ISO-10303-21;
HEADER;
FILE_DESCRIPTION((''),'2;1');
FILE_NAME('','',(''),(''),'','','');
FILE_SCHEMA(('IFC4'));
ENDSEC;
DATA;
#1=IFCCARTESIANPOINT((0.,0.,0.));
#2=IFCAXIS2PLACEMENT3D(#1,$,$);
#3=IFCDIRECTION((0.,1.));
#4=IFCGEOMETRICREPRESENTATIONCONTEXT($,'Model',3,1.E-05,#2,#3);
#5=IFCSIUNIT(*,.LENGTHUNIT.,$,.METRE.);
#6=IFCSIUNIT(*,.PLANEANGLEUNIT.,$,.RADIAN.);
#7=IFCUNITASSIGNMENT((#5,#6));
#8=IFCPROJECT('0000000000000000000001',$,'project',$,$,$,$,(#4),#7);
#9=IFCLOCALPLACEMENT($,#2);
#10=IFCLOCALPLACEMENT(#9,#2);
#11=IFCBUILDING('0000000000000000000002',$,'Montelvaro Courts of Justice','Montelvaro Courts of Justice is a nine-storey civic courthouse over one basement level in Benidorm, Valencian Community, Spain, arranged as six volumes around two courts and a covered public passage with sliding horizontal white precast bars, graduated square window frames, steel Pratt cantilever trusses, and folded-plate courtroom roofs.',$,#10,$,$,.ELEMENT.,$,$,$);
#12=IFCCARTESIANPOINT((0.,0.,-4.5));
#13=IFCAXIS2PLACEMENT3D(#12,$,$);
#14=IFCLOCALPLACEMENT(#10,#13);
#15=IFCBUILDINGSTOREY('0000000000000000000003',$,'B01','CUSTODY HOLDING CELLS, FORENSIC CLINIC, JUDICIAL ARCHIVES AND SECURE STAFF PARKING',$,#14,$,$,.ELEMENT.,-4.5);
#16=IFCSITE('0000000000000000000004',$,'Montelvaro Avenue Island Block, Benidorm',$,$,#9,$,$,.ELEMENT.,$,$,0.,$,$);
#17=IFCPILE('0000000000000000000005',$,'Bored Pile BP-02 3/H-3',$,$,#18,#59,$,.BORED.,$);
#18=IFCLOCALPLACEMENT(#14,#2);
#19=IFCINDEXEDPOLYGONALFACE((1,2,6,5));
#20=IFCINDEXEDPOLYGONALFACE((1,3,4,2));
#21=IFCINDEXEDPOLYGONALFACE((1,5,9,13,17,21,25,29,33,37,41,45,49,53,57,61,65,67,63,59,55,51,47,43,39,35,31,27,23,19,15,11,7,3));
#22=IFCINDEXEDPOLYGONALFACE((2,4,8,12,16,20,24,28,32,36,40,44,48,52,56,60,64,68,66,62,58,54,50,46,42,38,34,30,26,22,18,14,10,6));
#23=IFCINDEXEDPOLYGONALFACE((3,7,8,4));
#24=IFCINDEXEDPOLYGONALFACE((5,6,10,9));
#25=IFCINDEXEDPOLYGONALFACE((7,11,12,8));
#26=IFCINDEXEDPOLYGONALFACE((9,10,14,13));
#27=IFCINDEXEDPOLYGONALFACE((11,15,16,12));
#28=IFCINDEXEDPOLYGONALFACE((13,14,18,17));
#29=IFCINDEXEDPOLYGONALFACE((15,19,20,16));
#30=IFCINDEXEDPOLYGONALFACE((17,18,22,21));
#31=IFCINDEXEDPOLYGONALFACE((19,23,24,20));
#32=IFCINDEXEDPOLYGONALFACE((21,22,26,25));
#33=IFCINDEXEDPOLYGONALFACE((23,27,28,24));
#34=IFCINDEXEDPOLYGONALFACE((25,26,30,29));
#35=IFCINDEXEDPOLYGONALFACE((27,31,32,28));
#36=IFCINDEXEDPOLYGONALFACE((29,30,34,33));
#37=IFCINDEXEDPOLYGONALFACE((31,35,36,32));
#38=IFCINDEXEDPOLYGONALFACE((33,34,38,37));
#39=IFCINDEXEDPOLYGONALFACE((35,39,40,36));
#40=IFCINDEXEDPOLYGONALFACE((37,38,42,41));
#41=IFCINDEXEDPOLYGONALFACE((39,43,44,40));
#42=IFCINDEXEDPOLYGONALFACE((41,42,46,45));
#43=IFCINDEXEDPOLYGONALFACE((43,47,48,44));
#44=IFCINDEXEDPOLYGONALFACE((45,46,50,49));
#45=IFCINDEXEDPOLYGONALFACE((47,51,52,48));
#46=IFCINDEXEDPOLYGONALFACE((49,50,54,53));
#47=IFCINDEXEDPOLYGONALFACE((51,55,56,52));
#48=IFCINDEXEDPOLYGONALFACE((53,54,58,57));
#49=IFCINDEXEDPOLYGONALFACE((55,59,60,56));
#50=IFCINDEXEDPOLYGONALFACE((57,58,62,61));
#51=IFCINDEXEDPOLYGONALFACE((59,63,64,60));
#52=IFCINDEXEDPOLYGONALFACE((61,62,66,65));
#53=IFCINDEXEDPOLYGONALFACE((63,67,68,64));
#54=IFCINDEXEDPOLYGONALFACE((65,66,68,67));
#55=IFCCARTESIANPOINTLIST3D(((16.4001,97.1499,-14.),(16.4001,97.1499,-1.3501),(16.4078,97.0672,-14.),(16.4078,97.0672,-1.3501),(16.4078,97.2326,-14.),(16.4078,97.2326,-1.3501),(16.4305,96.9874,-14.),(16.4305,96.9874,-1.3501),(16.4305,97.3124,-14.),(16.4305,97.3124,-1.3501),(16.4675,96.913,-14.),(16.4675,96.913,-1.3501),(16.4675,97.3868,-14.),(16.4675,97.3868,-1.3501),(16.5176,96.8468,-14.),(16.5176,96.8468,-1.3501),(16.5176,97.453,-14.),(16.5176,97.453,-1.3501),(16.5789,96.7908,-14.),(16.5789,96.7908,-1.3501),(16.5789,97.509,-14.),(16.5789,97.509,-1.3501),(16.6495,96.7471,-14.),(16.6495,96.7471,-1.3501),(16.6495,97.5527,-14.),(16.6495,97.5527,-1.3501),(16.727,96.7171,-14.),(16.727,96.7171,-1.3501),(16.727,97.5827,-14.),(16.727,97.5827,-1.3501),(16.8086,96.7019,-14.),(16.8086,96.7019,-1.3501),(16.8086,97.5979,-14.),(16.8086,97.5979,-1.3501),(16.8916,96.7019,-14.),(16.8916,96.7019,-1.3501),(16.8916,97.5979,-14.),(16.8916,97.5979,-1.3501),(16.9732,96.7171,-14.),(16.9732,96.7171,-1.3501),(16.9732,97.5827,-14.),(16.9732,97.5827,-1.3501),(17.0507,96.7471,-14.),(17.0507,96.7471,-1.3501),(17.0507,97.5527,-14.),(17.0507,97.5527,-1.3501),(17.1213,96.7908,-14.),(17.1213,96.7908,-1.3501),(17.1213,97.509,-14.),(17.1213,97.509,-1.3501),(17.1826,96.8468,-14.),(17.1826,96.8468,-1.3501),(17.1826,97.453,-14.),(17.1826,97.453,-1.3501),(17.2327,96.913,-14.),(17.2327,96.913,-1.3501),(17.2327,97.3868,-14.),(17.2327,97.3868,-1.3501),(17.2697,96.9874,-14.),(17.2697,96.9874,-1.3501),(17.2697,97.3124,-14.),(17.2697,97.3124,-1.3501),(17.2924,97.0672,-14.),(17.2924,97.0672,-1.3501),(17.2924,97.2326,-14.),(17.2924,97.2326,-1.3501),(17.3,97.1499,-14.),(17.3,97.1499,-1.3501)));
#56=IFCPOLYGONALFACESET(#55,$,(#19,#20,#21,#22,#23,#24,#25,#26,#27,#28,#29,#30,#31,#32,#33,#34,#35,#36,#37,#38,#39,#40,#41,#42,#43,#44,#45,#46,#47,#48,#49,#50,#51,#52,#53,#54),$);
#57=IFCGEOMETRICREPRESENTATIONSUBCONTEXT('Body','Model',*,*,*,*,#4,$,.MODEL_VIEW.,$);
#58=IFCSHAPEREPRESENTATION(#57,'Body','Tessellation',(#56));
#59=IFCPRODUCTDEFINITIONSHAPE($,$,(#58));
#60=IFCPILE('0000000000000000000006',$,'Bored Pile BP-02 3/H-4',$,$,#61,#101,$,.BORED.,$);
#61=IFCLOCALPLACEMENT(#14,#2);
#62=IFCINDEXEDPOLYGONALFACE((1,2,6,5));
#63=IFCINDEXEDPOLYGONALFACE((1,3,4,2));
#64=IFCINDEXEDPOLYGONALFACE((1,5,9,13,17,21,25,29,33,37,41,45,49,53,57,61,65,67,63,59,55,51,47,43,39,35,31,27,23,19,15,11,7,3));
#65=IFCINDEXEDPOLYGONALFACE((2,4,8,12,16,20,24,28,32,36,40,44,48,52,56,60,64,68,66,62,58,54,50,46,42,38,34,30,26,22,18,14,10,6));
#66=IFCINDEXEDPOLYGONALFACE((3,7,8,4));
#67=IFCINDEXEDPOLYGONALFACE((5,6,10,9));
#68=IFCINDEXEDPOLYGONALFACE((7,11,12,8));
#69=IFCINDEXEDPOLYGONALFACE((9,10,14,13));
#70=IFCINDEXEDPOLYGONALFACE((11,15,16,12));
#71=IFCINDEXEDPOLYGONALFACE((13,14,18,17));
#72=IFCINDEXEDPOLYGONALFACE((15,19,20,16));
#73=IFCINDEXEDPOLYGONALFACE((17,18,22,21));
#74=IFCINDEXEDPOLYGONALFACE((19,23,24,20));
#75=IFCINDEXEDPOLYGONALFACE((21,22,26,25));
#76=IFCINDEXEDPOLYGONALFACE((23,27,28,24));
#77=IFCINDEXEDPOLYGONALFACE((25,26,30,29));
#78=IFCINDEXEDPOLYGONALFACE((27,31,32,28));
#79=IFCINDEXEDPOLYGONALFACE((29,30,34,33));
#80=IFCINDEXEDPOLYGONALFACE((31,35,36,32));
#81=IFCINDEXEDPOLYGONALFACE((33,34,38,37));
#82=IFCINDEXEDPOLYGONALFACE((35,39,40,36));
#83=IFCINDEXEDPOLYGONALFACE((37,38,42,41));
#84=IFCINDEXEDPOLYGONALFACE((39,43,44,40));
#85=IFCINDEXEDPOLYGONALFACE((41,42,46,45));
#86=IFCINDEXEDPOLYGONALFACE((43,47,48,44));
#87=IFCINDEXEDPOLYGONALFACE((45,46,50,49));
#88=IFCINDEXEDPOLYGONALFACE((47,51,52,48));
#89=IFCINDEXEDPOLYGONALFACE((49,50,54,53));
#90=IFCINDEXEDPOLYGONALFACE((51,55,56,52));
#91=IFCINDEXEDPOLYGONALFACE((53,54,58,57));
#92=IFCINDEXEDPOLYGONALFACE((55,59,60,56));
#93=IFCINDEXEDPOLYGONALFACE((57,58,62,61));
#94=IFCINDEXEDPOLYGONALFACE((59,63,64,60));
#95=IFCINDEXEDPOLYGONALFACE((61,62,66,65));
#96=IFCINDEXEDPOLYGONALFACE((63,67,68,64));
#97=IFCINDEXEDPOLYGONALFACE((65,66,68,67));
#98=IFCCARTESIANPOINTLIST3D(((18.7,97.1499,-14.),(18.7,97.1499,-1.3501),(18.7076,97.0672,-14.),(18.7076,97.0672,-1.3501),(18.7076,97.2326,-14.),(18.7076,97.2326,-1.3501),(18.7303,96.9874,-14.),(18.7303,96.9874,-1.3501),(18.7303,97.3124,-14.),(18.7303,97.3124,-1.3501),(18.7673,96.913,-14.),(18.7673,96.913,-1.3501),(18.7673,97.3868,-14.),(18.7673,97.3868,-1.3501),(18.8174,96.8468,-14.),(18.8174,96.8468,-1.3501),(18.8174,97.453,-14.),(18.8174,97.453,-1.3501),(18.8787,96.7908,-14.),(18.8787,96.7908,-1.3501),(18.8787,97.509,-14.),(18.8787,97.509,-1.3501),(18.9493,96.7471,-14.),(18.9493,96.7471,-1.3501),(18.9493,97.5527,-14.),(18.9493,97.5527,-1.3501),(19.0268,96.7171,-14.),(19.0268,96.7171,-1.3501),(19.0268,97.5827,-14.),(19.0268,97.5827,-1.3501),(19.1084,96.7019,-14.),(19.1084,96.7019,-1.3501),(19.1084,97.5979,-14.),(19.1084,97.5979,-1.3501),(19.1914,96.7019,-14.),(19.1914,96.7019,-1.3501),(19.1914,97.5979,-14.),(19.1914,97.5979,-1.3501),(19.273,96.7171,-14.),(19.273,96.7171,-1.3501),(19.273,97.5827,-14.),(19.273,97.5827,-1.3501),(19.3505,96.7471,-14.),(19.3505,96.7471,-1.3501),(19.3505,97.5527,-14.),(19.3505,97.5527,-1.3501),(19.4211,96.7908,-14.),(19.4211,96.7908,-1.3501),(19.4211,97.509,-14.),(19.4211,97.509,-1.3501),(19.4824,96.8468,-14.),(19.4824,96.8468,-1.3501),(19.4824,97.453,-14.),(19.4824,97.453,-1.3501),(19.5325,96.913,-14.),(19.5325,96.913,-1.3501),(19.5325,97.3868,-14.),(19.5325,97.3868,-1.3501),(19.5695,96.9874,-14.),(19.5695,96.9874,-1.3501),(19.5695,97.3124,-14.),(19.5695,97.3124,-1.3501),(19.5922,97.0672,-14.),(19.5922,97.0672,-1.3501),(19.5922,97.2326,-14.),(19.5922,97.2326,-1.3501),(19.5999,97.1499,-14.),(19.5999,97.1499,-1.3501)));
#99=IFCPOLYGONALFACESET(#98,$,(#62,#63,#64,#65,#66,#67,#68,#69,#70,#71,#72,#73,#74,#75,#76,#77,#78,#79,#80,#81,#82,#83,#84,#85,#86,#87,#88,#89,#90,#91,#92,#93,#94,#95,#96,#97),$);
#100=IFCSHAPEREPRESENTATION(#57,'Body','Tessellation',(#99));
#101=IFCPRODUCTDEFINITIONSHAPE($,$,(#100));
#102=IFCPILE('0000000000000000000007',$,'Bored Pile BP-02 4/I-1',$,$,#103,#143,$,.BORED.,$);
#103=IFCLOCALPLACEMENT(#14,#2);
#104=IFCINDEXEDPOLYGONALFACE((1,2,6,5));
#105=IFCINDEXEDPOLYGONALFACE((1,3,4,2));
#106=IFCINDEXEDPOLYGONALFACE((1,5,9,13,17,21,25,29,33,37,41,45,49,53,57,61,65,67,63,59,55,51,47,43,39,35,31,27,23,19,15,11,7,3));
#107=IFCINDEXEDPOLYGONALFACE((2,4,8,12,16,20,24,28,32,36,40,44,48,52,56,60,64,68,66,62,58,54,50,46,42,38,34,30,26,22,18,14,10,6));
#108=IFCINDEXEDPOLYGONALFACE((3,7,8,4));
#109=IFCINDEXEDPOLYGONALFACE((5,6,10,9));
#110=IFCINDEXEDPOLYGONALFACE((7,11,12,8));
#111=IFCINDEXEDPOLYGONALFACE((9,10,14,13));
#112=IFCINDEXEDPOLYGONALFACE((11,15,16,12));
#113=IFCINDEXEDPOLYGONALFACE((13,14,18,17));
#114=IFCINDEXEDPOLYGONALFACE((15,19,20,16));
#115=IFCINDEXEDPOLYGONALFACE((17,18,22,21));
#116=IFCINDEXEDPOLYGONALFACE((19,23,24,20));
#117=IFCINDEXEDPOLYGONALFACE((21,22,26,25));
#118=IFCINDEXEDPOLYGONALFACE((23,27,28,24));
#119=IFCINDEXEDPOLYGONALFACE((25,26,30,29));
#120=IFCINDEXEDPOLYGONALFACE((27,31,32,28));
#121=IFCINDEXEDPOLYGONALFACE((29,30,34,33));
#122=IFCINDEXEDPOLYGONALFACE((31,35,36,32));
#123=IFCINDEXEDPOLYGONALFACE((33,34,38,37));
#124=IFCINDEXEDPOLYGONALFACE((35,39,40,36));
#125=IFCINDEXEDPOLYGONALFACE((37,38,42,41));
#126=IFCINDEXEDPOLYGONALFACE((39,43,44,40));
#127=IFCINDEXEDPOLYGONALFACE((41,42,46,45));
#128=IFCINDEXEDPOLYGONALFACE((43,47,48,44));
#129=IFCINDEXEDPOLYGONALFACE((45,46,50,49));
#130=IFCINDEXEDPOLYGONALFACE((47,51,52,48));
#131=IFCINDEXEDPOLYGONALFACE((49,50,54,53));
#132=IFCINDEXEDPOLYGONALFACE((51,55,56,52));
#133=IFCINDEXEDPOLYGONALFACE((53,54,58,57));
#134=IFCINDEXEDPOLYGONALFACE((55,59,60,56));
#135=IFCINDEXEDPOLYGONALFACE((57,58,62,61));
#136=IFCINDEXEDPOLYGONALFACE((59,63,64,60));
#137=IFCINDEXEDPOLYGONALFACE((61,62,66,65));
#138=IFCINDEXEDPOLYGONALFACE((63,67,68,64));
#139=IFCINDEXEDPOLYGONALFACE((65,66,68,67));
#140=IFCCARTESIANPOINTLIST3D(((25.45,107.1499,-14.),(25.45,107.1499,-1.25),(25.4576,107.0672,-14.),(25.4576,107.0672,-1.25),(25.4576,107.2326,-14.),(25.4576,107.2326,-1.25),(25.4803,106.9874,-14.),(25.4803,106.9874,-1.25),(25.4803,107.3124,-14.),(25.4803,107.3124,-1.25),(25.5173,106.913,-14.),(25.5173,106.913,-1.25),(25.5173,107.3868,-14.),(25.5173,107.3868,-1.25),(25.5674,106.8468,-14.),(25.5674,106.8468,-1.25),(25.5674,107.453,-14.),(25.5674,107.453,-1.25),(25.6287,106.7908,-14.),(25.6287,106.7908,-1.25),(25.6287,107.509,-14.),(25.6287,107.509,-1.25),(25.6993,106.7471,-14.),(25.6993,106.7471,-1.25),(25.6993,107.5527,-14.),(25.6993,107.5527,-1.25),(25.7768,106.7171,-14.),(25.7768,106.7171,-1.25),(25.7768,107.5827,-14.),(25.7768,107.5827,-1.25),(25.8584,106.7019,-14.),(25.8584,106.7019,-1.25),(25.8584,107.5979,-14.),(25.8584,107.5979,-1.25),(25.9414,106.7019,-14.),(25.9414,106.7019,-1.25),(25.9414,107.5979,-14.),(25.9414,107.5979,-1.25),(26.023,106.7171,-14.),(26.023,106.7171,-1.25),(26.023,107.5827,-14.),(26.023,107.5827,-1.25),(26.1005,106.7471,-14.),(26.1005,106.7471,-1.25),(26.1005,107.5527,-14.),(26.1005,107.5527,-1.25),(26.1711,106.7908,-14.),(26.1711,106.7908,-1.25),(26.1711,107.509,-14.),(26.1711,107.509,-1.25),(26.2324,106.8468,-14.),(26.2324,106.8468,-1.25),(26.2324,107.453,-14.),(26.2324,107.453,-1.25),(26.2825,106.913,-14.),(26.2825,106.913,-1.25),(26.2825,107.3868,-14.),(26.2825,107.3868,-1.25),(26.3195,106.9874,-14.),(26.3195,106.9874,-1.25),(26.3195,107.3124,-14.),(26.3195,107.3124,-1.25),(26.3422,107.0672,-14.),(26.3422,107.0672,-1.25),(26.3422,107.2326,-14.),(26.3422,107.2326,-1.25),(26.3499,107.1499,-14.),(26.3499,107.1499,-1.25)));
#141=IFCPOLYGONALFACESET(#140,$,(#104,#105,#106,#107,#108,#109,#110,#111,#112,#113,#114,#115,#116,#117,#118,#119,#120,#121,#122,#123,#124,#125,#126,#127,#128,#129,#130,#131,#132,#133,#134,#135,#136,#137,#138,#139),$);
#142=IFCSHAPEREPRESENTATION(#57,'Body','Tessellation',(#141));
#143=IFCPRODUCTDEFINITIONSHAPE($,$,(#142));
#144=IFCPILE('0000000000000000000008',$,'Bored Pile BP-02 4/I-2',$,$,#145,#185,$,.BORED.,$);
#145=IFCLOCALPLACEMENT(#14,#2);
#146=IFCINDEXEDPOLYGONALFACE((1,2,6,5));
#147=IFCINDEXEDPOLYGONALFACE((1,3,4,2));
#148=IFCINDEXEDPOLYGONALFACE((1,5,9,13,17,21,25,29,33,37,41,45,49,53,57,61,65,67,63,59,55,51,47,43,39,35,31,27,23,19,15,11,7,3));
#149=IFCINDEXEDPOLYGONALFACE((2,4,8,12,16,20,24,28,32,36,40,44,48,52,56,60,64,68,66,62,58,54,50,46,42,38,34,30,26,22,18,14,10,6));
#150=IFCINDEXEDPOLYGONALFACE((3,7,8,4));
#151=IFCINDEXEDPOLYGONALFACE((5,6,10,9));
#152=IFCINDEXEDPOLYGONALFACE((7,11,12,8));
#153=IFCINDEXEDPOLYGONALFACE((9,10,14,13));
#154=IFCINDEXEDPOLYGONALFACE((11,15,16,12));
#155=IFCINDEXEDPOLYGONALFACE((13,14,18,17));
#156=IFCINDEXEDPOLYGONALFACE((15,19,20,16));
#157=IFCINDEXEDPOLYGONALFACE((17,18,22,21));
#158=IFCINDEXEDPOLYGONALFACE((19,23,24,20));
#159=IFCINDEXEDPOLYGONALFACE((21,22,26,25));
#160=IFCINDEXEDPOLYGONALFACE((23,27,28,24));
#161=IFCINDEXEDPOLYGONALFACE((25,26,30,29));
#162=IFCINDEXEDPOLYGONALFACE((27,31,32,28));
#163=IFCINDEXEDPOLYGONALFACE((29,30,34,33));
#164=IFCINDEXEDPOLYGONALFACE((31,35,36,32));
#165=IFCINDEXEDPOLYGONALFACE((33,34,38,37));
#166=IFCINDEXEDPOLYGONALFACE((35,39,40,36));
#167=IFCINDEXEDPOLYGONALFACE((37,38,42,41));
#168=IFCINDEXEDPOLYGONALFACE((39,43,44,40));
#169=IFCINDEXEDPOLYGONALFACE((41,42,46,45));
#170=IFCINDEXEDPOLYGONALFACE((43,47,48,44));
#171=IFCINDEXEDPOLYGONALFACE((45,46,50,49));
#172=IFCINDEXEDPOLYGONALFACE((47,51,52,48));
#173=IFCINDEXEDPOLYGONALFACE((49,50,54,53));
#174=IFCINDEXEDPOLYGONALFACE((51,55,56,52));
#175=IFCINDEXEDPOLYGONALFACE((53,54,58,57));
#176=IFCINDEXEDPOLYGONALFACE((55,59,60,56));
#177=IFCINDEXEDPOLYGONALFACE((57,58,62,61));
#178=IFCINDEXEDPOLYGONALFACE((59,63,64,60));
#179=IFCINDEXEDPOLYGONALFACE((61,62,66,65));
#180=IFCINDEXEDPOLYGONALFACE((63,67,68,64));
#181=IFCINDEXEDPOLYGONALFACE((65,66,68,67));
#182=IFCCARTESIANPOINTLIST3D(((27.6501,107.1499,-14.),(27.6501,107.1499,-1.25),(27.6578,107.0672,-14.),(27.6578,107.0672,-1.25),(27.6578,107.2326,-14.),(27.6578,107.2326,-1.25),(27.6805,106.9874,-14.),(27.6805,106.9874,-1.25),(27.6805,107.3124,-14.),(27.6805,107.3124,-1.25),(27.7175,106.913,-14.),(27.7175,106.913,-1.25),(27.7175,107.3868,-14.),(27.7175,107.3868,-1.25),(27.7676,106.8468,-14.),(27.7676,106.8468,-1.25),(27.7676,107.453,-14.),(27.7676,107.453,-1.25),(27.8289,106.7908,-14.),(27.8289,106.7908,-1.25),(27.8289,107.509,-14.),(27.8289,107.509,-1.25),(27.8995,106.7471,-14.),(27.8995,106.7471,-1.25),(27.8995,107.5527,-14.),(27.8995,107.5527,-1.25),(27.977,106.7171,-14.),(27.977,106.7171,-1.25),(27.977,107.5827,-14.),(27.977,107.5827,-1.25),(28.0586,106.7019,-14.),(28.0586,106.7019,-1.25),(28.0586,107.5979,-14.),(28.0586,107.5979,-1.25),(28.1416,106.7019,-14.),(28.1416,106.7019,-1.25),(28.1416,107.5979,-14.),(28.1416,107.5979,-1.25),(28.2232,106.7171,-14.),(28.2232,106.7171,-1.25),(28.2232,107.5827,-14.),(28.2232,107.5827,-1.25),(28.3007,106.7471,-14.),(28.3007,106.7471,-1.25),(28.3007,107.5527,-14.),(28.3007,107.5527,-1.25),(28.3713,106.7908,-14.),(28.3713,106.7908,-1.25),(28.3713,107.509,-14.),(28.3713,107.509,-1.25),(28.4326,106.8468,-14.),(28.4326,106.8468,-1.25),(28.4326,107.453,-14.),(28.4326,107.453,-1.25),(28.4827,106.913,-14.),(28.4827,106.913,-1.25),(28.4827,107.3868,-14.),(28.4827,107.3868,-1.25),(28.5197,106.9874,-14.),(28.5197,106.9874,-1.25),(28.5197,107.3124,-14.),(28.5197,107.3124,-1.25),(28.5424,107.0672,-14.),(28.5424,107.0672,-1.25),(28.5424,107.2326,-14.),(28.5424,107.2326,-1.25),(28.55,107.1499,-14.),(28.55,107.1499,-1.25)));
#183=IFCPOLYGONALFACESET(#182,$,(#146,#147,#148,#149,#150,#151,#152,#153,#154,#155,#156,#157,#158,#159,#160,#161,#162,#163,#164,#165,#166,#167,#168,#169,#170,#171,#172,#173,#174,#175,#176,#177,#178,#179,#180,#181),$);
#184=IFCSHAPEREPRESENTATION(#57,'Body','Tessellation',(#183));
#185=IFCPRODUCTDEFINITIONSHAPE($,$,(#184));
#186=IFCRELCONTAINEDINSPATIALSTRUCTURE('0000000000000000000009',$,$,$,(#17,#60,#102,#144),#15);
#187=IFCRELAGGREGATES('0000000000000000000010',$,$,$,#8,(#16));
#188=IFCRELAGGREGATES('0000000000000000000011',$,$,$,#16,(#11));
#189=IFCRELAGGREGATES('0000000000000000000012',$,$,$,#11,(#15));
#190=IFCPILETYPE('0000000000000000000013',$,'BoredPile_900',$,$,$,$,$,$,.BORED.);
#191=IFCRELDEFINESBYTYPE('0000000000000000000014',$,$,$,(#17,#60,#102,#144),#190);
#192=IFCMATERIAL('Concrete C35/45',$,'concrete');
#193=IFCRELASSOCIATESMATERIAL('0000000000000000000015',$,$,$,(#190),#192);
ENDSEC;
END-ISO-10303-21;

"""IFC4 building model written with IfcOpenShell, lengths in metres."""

from ifc_helpers import new_model, si_unit, direction, frame, origin, origin_2d, place, context, subcontext, project, spatial, circle, extrude, material, material_profile, profile_set, type_object, element, save


model = new_model("IFC4")

# Units and contexts
model_context = context("Model", 3, precision=1e-05, world=origin(), true_north=direction((0.0, 1.0)))
body_context = subcontext(model_context, "Body", "Model", "MODEL_VIEW")
ifc_project = project(units=[si_unit("LENGTHUNIT", "METRE"), si_unit("PLANEANGLEUNIT", "RADIAN")], contexts=[model_context])

# Site, building, storey
site_placement = place(None, origin())
site = spatial("IfcSite", under=ifc_project, at=site_placement, Name="Montelvaro Avenue Island Block, Benidorm", CompositionType="ELEMENT", RefElevation=0.0)
building_placement = place(site_placement, origin())
building = spatial("IfcBuilding", under=site, at=building_placement, Name="Montelvaro Courts of Justice", Description="Montelvaro Courts of Justice is a nine-storey civic courthouse over one basement level in Benidorm, Valencian Community, Spain, arranged as six volumes around two courts and a covered public passage with sliding horizontal white precast bars, graduated square window frames, steel Pratt cantilever trusses, and folded-plate courtroom roofs.", CompositionType="ELEMENT")
storey_placement = place(building_placement, frame((0.0, 0.0, -4.5)))
storey = spatial("IfcBuildingStorey", under=building, at=storey_placement, Name="B01", Description="CUSTODY HOLDING CELLS, FORENSIC CLINIC, JUDICIAL ARCHIVES AND SECURE STAFF PARKING", CompositionType="ELEMENT", Elevation=-4.5)

# Piles
ifc_material_1 = material(Name="Concrete C35/45", Category="concrete")
ifc_material_profile_1 = material_profile(ifc_material_1, circle(Radius=0.45, at=origin_2d()), Name="BORED PILE D900")
ifc_profile_set_1 = profile_set([ifc_material_profile_1], Name="Concrete C35/45")
pile_type_1 = type_object("IfcPileType", Name="BoredPile_900", PredefinedType="BORED", material=ifc_profile_set_1)
for number, where, z_axis, x_axis, name in (
    (1, (16.8501, 97.1499, -1.3501), (0.0, 0.0, -1.0), (1.0, 0.0, 0.0), "Bored Pile BP-02 3/H-3"),
    (2, (19.1499, 97.1499, -1.3501), (0.0, 0.0, -1.0), (1.0, 0.0, 0.0), "Bored Pile BP-02 3/H-4"),
):
    element("IfcPile", number, at=place(storey_placement, frame(where, z_axis=z_axis, x_axis=x_axis)), inside=storey, type_object=pile_type_1, Name=name, PredefinedType="BORED", context=body_context, shape_type="SweptSolid", body=[
        extrude(circle(Radius=0.45, at=origin_2d()), origin(), (0.0, 0.0, 1.0), 12.6499),
    ])
for number, where, z_axis, x_axis, name in (
    (3, (25.8999, 107.1499, -1.25), (0.0, 0.0, -1.0), (1.0, 0.0, 0.0), "Bored Pile BP-02 4/I-1"),
    (4, (28.1001, 107.1499, -1.25), (0.0, 0.0, -1.0), (1.0, 0.0, 0.0), "Bored Pile BP-02 4/I-2"),
):
    element("IfcPile", number, at=place(storey_placement, frame(where, z_axis=z_axis, x_axis=x_axis)), inside=storey, type_object=pile_type_1, Name=name, PredefinedType="BORED", context=body_context, shape_type="SweptSolid", body=[
        extrude(circle(Radius=0.45, at=origin_2d()), origin(), (0.0, 0.0, 1.0), 12.75),
    ])

save(model, "model.ifc")
